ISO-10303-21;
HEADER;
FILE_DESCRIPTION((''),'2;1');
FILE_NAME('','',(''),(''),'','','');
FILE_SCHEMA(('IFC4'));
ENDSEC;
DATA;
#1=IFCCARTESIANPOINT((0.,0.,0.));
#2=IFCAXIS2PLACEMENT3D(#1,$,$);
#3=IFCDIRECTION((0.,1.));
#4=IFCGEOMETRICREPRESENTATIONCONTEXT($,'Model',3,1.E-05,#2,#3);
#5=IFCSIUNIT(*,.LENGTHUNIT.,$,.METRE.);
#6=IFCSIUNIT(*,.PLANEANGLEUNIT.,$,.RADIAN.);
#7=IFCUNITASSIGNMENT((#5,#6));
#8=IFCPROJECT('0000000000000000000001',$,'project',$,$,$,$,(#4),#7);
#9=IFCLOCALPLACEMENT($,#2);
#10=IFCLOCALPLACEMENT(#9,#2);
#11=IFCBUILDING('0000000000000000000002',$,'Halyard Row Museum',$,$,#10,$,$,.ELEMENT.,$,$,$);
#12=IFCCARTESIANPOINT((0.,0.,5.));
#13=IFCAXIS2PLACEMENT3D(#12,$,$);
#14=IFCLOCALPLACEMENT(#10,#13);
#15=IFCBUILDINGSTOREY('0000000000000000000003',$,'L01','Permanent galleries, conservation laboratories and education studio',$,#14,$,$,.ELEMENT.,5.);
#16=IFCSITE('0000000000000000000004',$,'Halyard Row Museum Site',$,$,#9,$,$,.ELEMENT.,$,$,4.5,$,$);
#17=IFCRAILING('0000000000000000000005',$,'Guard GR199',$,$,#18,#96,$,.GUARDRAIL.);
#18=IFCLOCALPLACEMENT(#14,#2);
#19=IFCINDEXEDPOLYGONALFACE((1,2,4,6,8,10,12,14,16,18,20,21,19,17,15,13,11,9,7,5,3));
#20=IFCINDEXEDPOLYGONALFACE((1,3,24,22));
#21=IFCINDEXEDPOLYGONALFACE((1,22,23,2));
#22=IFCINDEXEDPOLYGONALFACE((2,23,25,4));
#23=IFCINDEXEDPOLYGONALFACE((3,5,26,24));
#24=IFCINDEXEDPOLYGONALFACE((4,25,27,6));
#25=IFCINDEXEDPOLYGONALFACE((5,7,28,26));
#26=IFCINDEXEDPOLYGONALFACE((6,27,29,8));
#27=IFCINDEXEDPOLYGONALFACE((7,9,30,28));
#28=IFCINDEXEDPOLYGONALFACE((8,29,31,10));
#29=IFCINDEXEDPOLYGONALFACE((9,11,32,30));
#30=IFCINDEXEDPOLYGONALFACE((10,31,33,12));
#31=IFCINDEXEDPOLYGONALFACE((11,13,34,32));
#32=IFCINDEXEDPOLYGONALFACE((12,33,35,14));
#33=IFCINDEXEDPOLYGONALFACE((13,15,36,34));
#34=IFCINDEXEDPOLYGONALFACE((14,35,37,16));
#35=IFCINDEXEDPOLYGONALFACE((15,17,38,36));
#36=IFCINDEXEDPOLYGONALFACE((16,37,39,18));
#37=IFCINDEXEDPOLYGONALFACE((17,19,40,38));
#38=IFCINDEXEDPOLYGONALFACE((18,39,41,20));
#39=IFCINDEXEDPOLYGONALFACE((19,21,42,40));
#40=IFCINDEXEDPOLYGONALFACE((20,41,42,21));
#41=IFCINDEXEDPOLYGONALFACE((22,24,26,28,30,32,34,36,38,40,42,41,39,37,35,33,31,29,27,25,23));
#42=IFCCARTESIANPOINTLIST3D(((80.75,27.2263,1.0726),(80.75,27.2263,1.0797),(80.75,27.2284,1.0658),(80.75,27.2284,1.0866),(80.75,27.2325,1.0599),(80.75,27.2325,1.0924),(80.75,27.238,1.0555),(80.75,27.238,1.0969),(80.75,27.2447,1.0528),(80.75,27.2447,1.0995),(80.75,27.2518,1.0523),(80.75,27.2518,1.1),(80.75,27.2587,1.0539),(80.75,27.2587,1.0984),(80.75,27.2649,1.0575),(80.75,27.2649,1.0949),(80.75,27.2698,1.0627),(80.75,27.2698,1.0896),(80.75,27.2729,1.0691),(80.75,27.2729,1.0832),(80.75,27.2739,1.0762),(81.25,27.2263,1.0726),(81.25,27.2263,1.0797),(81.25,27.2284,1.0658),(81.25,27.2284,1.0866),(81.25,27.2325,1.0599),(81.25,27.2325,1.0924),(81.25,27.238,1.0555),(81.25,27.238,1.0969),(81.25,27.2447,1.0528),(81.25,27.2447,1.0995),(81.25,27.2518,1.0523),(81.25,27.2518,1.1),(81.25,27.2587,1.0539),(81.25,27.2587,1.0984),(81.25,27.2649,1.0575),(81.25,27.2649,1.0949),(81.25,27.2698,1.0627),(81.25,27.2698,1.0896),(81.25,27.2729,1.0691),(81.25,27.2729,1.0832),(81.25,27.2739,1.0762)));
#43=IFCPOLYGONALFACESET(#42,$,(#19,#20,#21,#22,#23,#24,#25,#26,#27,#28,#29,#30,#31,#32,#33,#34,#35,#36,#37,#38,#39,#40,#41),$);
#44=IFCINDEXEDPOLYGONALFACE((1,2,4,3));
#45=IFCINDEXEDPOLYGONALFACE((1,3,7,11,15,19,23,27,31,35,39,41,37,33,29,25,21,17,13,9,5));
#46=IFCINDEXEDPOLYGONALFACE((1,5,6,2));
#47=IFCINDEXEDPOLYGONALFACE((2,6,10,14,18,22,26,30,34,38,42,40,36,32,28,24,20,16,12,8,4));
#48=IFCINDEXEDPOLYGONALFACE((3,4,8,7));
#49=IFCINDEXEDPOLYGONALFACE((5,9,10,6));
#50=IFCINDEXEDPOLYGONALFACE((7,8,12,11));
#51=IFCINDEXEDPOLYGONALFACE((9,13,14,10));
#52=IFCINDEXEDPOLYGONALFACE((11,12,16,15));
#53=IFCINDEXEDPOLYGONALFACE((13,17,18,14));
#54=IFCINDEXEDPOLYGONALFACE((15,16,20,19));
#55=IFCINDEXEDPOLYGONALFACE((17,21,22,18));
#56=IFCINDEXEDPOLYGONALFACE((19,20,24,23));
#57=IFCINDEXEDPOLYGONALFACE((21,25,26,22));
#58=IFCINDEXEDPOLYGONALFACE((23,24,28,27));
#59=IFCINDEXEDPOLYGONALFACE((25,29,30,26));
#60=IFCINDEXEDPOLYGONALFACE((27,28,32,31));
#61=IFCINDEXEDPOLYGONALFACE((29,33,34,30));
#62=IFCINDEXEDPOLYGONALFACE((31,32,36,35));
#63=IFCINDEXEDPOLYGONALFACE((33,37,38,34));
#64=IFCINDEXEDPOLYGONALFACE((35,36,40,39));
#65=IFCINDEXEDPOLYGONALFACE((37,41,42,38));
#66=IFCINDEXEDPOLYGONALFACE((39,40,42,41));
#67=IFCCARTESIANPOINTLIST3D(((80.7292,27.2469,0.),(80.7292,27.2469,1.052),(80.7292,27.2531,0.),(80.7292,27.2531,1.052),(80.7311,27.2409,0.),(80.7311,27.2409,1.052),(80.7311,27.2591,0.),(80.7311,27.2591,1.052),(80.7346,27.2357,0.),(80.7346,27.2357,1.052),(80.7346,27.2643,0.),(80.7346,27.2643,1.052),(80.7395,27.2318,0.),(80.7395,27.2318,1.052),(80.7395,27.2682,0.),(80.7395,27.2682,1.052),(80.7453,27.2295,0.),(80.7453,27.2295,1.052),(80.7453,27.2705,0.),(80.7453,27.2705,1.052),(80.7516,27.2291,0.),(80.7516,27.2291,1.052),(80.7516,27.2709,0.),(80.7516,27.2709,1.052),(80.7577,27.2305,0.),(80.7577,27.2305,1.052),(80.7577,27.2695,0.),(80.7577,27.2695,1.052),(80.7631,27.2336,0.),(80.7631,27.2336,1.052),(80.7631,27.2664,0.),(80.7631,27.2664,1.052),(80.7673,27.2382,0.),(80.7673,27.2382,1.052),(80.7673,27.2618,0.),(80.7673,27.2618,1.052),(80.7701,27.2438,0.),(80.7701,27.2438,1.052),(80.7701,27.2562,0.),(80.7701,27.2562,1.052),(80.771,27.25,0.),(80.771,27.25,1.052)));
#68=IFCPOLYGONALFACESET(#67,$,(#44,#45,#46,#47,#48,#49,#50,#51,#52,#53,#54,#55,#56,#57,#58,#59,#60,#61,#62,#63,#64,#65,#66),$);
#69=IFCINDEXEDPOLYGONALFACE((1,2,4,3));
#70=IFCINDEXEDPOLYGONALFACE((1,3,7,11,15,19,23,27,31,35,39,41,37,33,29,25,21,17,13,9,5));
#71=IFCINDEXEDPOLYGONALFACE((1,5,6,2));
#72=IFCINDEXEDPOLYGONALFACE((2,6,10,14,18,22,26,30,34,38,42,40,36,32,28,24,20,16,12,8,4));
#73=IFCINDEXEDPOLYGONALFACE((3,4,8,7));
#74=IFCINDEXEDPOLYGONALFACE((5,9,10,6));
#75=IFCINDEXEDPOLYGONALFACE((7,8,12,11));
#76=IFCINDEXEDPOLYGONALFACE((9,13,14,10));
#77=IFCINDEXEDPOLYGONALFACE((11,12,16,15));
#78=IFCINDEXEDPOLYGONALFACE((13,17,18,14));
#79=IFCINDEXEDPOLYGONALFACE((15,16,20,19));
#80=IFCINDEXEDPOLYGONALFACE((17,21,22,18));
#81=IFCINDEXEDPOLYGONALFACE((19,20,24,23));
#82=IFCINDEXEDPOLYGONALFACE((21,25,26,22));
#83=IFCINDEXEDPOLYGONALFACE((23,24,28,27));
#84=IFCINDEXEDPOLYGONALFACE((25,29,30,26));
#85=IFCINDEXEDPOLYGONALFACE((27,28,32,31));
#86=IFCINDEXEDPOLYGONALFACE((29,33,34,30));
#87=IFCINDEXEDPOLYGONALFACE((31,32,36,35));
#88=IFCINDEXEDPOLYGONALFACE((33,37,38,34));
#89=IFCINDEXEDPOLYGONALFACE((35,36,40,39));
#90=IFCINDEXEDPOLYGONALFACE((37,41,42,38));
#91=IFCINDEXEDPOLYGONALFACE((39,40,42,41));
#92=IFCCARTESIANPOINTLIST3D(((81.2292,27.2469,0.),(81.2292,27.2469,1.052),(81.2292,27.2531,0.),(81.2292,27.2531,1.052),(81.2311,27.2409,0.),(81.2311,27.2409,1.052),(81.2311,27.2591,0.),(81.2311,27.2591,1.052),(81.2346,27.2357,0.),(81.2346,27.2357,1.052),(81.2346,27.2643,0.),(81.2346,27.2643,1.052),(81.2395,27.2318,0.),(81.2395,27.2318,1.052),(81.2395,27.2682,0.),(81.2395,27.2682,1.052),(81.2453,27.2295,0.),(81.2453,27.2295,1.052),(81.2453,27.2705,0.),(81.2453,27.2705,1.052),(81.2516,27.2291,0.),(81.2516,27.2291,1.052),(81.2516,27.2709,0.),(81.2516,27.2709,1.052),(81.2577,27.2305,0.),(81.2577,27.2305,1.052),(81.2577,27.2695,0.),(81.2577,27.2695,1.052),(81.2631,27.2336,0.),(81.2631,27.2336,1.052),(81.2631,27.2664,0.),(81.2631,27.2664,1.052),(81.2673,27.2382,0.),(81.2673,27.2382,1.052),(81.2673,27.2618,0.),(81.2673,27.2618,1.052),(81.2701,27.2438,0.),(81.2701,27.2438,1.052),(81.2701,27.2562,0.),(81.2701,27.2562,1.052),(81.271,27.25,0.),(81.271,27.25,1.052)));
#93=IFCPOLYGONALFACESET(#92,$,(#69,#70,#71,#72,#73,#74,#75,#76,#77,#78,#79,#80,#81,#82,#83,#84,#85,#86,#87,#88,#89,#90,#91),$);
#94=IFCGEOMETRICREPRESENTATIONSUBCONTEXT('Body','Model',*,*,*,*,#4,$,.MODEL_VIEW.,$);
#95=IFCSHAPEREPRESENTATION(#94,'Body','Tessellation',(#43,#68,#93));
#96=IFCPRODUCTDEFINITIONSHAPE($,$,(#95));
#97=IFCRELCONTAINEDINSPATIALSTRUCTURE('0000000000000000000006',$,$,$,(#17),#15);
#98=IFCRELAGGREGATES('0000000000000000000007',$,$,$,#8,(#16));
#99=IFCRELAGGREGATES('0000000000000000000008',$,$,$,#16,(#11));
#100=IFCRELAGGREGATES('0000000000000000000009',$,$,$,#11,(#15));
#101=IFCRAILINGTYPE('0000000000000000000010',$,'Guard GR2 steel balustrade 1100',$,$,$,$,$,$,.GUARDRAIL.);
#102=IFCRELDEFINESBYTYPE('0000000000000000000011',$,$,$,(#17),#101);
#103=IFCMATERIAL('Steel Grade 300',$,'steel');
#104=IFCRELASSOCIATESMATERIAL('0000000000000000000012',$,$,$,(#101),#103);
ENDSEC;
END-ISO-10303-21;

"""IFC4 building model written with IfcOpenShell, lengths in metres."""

from ifc_helpers import new_model, si_unit, direction, frame, origin, origin_2d, place, context, subcontext, project, spatial, circle, extrude, material, type_object, element, save


model = new_model("IFC4")

# Units and contexts
model_context = context("Model", 3, precision=1e-05, world=origin(), true_north=direction((0.0, 1.0)))
body_context = subcontext(model_context, "Body", "Model", "MODEL_VIEW")
ifc_project = project(units=[si_unit("LENGTHUNIT", "METRE"), si_unit("PLANEANGLEUNIT", "RADIAN")], contexts=[model_context])

# Site, building, storey
site_placement = place(None, origin())
site = spatial("IfcSite", under=ifc_project, at=site_placement, Name="Halyard Row Museum Site", CompositionType="ELEMENT", RefElevation=4.5)
building_placement = place(site_placement, origin())
building = spatial("IfcBuilding", under=site, at=building_placement, Name="Halyard Row Museum", CompositionType="ELEMENT")
storey_placement = place(building_placement, frame((0.0, 0.0, 5.0)))
storey = spatial("IfcBuildingStorey", under=building, at=storey_placement, Name="L01", Description="Permanent galleries, conservation laboratories and education studio", CompositionType="ELEMENT", Elevation=5.0)

# Railing
ifc_material_1 = material(Name="Steel Grade 300", Category="steel")
railing_type = type_object("IfcRailingType", Name="Guard GR2 steel balustrade 1100", PredefinedType="GUARDRAIL", material=ifc_material_1)
railing_1_placement = place(storey_placement, frame((80.75, 27.25, 0.0)))
element("IfcRailing", 1, at=railing_1_placement, inside=storey, type_object=railing_type, Name="Guard GR199", PredefinedType="GUARDRAIL", context=body_context, shape_type="SweptSolid", body=[
    extrude(circle(Radius=0.0239, at=origin_2d()), frame((0.0, 0.0, 1.0762), z_axis=(1.0, 0.0, 0.0), x_axis=(0.0, 1.0, 0.0)), (0.0, 0.0, 1.0), 0.5),
    extrude(circle(Radius=0.021, at=origin_2d()), origin(), (0.0, 0.0, 1.0), 1.052),
    extrude(circle(Radius=0.021, at=origin_2d()), frame((0.5, 0.0, 0.0)), (0.0, 0.0, 1.0), 1.052),
])

save(model, "model.ifc")
